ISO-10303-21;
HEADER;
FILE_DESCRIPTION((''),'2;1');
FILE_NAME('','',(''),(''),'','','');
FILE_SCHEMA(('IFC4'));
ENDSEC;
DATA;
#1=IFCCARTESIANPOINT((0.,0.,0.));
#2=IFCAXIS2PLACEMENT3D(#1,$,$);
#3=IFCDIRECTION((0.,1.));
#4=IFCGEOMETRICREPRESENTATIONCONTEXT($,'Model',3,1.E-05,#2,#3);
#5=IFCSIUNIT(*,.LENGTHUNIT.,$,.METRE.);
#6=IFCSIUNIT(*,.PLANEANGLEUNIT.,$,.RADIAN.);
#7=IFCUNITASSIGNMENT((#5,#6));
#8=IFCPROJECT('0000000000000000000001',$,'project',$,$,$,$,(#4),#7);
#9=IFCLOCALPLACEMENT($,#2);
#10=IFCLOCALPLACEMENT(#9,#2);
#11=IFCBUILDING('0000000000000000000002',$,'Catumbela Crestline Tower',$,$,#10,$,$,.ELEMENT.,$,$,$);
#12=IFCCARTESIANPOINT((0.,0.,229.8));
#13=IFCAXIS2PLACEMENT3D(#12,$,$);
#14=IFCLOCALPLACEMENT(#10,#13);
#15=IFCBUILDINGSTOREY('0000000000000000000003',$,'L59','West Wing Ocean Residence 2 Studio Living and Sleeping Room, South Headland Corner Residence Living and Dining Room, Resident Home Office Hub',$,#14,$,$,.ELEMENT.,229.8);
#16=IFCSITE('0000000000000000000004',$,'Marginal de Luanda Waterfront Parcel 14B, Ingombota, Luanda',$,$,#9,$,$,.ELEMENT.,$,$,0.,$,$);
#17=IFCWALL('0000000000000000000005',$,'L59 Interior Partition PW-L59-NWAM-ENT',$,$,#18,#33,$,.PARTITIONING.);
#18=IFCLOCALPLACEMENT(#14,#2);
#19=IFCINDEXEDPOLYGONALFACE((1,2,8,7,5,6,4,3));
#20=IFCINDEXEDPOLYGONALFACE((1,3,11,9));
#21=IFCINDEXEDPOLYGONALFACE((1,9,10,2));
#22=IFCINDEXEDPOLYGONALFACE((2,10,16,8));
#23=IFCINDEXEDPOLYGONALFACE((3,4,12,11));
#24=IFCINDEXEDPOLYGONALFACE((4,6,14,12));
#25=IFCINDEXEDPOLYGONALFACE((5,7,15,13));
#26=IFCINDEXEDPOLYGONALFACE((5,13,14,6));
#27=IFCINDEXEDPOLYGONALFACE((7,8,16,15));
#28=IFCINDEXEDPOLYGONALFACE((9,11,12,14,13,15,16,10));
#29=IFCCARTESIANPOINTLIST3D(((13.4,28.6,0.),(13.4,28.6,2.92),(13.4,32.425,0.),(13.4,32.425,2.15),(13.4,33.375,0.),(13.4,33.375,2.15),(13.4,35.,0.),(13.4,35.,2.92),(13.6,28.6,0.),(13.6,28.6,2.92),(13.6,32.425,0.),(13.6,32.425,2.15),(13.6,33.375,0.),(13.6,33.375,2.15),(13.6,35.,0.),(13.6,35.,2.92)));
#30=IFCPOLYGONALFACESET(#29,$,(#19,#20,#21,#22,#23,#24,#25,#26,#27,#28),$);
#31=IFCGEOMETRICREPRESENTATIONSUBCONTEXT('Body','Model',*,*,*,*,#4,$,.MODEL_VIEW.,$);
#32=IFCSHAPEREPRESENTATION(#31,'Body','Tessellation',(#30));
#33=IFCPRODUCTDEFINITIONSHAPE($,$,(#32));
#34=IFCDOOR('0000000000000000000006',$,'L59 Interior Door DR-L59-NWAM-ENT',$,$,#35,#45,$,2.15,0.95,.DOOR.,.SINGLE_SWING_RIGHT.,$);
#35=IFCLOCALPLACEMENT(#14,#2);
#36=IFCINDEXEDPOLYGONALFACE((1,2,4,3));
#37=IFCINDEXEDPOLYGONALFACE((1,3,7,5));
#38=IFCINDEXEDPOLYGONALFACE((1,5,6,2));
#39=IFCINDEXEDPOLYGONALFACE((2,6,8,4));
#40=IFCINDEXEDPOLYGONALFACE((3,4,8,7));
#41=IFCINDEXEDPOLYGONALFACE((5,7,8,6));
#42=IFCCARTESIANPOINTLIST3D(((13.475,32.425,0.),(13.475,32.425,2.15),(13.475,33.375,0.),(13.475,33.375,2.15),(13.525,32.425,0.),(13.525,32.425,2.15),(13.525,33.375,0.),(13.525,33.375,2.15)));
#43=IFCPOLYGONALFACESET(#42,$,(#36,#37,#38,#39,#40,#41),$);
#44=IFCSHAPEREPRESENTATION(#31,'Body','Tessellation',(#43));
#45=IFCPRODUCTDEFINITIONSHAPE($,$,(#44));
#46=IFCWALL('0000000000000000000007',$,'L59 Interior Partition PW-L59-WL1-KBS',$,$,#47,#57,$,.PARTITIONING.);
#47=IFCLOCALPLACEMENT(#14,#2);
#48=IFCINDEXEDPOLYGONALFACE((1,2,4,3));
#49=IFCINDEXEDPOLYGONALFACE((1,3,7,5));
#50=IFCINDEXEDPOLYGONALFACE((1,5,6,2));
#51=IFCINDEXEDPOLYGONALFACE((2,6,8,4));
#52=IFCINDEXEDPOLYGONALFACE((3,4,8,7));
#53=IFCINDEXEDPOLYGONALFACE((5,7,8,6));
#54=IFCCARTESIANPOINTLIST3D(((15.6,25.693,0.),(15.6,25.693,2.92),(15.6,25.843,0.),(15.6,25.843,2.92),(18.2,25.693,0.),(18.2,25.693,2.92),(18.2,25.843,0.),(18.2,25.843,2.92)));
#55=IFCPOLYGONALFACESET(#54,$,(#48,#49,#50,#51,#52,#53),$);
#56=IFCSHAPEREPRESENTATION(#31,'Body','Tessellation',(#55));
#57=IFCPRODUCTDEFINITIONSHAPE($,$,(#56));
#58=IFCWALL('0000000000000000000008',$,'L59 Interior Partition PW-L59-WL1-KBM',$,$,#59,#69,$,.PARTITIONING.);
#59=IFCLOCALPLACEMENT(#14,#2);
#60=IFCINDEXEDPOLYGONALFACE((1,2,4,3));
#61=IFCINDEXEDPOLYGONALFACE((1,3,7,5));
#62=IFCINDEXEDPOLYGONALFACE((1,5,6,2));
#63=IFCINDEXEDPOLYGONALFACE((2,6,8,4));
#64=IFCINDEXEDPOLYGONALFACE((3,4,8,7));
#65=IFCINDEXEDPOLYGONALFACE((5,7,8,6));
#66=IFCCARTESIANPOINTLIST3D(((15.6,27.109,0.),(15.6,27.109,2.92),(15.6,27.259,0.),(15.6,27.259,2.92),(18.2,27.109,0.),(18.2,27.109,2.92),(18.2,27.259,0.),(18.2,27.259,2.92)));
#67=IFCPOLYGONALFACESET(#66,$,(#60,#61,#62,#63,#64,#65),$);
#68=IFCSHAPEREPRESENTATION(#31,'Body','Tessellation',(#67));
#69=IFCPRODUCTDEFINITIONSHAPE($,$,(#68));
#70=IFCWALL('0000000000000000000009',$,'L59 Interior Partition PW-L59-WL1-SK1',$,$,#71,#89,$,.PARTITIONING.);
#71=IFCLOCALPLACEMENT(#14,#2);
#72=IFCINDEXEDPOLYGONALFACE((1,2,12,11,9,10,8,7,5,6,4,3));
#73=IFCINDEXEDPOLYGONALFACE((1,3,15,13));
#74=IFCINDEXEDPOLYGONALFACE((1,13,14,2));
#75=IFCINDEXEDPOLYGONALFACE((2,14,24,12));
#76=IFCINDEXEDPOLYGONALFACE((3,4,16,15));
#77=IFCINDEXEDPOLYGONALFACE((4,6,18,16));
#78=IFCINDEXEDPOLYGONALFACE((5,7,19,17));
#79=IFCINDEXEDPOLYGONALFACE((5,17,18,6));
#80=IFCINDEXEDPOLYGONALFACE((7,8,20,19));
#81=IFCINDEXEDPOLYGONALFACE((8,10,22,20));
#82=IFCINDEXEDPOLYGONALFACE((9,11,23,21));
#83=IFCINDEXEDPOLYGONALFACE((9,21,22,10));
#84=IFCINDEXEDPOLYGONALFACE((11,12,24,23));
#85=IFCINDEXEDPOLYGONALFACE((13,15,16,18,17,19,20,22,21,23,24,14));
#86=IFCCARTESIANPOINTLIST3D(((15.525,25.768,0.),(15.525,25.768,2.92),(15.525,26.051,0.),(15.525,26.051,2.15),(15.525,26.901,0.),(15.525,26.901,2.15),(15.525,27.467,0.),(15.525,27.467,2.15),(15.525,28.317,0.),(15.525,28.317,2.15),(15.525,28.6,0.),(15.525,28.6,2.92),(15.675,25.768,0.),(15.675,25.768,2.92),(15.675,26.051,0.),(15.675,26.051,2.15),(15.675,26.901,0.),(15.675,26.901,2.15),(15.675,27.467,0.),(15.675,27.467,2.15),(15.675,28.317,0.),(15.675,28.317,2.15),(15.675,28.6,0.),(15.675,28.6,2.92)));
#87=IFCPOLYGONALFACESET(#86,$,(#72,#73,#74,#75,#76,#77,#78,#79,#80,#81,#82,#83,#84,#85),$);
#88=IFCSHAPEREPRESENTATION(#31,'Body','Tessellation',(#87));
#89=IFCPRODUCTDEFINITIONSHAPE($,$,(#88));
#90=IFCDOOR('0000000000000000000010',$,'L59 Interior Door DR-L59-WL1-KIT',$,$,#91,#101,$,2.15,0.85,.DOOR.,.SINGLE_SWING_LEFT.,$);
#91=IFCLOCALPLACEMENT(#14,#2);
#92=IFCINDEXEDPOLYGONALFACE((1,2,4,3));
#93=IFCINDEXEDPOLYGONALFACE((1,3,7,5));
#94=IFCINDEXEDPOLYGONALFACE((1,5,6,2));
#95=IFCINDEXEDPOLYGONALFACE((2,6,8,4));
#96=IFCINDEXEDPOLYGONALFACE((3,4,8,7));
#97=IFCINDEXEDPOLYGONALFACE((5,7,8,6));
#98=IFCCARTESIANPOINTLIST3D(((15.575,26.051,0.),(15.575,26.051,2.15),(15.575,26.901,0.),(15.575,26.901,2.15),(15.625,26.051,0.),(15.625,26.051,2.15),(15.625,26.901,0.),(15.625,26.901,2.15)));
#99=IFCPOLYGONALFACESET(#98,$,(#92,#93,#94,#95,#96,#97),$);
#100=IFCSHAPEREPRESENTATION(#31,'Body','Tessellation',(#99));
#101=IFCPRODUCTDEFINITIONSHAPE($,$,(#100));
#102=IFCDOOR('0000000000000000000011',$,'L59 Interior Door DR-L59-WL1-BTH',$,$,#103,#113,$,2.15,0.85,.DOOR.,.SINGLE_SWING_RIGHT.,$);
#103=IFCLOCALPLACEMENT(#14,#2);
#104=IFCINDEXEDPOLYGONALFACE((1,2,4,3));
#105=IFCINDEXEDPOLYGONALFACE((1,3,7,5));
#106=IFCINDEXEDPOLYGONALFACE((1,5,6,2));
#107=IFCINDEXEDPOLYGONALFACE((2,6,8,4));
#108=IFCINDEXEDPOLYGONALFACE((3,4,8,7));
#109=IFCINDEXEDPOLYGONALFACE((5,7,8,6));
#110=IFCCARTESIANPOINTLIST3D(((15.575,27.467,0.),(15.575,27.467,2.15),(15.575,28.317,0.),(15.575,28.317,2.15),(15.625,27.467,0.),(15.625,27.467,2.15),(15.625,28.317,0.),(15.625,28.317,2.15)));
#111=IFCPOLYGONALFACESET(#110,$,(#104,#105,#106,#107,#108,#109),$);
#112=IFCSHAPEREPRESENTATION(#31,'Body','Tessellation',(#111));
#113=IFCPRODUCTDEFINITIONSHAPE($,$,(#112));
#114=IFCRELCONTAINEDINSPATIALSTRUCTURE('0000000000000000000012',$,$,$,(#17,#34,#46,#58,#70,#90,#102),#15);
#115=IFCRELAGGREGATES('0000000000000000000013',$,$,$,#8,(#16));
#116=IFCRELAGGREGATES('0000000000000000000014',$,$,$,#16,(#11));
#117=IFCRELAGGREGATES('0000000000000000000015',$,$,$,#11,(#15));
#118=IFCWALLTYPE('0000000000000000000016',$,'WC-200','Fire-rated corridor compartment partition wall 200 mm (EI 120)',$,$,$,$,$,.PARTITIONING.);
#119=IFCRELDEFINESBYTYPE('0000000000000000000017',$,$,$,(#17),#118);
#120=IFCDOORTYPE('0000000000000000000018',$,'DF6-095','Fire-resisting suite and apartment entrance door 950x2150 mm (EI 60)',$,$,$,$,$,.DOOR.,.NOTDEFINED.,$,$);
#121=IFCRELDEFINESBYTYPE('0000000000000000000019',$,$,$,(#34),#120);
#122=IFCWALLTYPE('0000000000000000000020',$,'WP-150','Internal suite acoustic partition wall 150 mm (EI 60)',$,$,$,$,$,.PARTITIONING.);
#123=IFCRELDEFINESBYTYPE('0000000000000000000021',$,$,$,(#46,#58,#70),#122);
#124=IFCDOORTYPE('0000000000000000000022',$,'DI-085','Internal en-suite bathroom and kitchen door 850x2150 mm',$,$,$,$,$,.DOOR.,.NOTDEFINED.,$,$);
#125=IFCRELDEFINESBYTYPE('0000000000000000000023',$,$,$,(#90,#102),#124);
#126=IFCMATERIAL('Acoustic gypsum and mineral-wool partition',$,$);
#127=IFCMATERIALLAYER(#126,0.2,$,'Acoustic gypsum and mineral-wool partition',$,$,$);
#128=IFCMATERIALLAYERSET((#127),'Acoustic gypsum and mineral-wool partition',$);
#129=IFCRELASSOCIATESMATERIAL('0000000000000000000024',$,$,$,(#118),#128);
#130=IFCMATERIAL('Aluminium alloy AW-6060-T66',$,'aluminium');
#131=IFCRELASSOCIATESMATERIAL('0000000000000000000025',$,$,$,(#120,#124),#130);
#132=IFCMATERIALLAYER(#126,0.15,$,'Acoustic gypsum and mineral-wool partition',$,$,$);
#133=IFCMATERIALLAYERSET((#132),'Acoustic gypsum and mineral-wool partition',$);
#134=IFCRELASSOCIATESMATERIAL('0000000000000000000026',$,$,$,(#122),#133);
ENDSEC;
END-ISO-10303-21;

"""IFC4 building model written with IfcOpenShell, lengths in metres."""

from ifc_helpers import new_model, si_unit, direction, frame, frame_2d, origin, place, context, subcontext, project, spatial, rectangle, extrude, material, layer, layer_set, type_object, element, fill, save


model = new_model("IFC4")

# Units and contexts
model_context = context("Model", 3, precision=1e-05, world=origin(), true_north=direction((0.0, 1.0)))
body_context = subcontext(model_context, "Body", "Model", "MODEL_VIEW")
ifc_project = project(units=[si_unit("LENGTHUNIT", "METRE"), si_unit("PLANEANGLEUNIT", "RADIAN")], contexts=[model_context])

# Site, building, storey
site_placement = place(None, origin())
site = spatial("IfcSite", under=ifc_project, at=site_placement, Name="Marginal de Luanda Waterfront Parcel 14B, Ingombota, Luanda", CompositionType="ELEMENT", RefElevation=0.0)
building_placement = place(site_placement, origin())
building = spatial("IfcBuilding", under=site, at=building_placement, Name="Catumbela Crestline Tower", CompositionType="ELEMENT")
storey_placement = place(building_placement, frame((0.0, 0.0, 229.8)))
storey = spatial("IfcBuildingStorey", under=building, at=storey_placement, Name="L59", Description="West Wing Ocean Residence 2 Studio Living and Sleeping Room, South Headland Corner Residence Living and Dining Room, Resident Home Office Hub", CompositionType="ELEMENT", Elevation=229.8)

# Shared definitions
ifc_material_1 = material(Name="Acoustic gypsum and mineral-wool partition")
ifc_layer_1 = layer(ifc_material_1, 0.2, Name="Acoustic gypsum and mineral-wool partition")
ifc_layer_set_1 = layer_set([ifc_layer_1], Name="Acoustic gypsum and mineral-wool partition")
wall_type_1 = type_object("IfcWallType", Name="WC-200", Description="Fire-rated corridor compartment partition wall 200 mm (EI 120)", PredefinedType="PARTITIONING", material=ifc_layer_set_1)

# Wall, opening, door
wall_1_placement = place(storey_placement, frame((13.5, 28.6, 0.0), z_axis=(0.0, 0.0, 1.0), x_axis=(0.0, 1.0, 0.0)))
wall_1 = element("IfcWall", 1, at=wall_1_placement, inside=storey, type_object=wall_type_1, Name="L59 Interior Partition PW-L59-NWAM-ENT", PredefinedType="PARTITIONING", context=body_context, shape_type="SweptSolid", body=[
    extrude(rectangle(XDim=6.4, YDim=0.2, at=frame_2d((3.2, 0.0))), origin(), (0.0, 0.0, 1.0), 2.92),
])
opening_1_placement = place(wall_1_placement, frame((3.825, 0.0, 0.0)))
opening_1 = element("IfcOpeningElement", 2, at=opening_1_placement, cuts=wall_1, PredefinedType="OPENING", context=body_context, shape_type="SweptSolid", body=[
    extrude(rectangle(XDim=0.95, YDim=2.15, at=frame_2d((0.475, 1.075))), frame((0.0, 0.11, 0.0), z_axis=(0.0, -1.0, 0.0), x_axis=(1.0, 0.0, 0.0)), (0.0, 0.0, 1.0), 0.22),
])
ifc_material_2 = material(Name="Aluminium alloy AW-6060-T66", Category="aluminium")
door_type_1 = type_object("IfcDoorType", Name="DF6-095", Description="Fire-resisting suite and apartment entrance door 950x2150 mm (EI 60)", OperationType="NOTDEFINED", PredefinedType="DOOR", material=ifc_material_2)
door_1_placement = place(opening_1_placement, origin())
door_1 = element("IfcDoor", 3, at=door_1_placement, inside=storey, type_object=door_type_1, Name="L59 Interior Door DR-L59-NWAM-ENT", OperationType="SINGLE_SWING_RIGHT", OverallHeight=2.15, OverallWidth=0.95, PredefinedType="DOOR", context=body_context, shape_type="SweptSolid", body=[
    extrude(rectangle(XDim=0.95, YDim=2.15, at=frame_2d((0.475, 1.075))), frame((0.0, 0.025, 0.0), z_axis=(0.0, -1.0, 0.0), x_axis=(1.0, 0.0, 0.0)), (0.0, 0.0, 1.0), 0.05),
])
fill(opening_1, door_1)

# Walls
ifc_layer_2 = layer(ifc_material_1, 0.15, Name="Acoustic gypsum and mineral-wool partition")
ifc_layer_set_2 = layer_set([ifc_layer_2], Name="Acoustic gypsum and mineral-wool partition")
wall_type_2 = type_object("IfcWallType", Name="WP-150", Description="Internal suite acoustic partition wall 150 mm (EI 60)", PredefinedType="PARTITIONING", material=ifc_layer_set_2)
for number, where, z_axis, x_axis, name in (
    (4, (15.6, 25.768, 0.0), (0.0, 0.0, 1.0), (1.0, 0.0, 0.0), "L59 Interior Partition PW-L59-WL1-KBS"),
    (5, (15.6, 27.184, 0.0), (0.0, 0.0, 1.0), (1.0, 0.0, 0.0), "L59 Interior Partition PW-L59-WL1-KBM"),
):
    element("IfcWall", number, at=place(storey_placement, frame(where, z_axis=z_axis, x_axis=x_axis)), inside=storey, type_object=wall_type_2, Name=name, PredefinedType="PARTITIONING", context=body_context, shape_type="SweptSolid", body=[
        extrude(rectangle(XDim=2.6, YDim=0.15, at=frame_2d((1.3, 0.0))), origin(), (0.0, 0.0, 1.0), 2.92),
    ])

# Wall, openings, doors
wall_2_placement = place(storey_placement, frame((15.6, 25.768, 0.0), z_axis=(0.0, 0.0, 1.0), x_axis=(0.0, 1.0, 0.0)))
wall_2 = element("IfcWall", 6, at=wall_2_placement, inside=storey, type_object=wall_type_2, Name="L59 Interior Partition PW-L59-WL1-SK1", PredefinedType="PARTITIONING", context=body_context, shape_type="SweptSolid", body=[
    extrude(rectangle(XDim=2.832, YDim=0.15, at=frame_2d((1.416, 0.0))), origin(), (0.0, 0.0, 1.0), 2.92),
])
opening_2_placement = place(wall_2_placement, frame((0.283, 0.0, 0.0)))
opening_2 = element("IfcOpeningElement", 7, at=opening_2_placement, cuts=wall_2, PredefinedType="OPENING", context=body_context, shape_type="SweptSolid", body=[
    extrude(rectangle(XDim=0.85, YDim=2.15, at=frame_2d((0.425, 1.075))), frame((0.0, 0.085, 0.0), z_axis=(0.0, -1.0, 0.0), x_axis=(1.0, 0.0, 0.0)), (0.0, 0.0, 1.0), 0.17),
])
opening_3_placement = place(wall_2_placement, frame((1.699, 0.0, 0.0)))
opening_3 = element("IfcOpeningElement", 8, at=opening_3_placement, cuts=wall_2, PredefinedType="OPENING", context=body_context, shape_type="SweptSolid", body=[
    extrude(rectangle(XDim=0.85, YDim=2.15, at=frame_2d((0.425, 1.075))), frame((0.0, 0.085, 0.0), z_axis=(0.0, -1.0, 0.0), x_axis=(1.0, 0.0, 0.0)), (0.0, 0.0, 1.0), 0.17),
])
door_type_2 = type_object("IfcDoorType", Name="DI-085", Description="Internal en-suite bathroom and kitchen door 850x2150 mm", OperationType="NOTDEFINED", PredefinedType="DOOR", material=ifc_material_2)
door_2_placement = place(opening_2_placement, origin())
door_2 = element("IfcDoor", 9, at=door_2_placement, inside=storey, type_object=door_type_2, Name="L59 Interior Door DR-L59-WL1-KIT", OperationType="SINGLE_SWING_LEFT", OverallHeight=2.15, OverallWidth=0.85, PredefinedType="DOOR", context=body_context, shape_type="SweptSolid", body=[
    extrude(rectangle(XDim=0.85, YDim=2.15, at=frame_2d((0.425, 1.075))), frame((0.0, 0.025, 0.0), z_axis=(0.0, -1.0, 0.0), x_axis=(1.0, 0.0, 0.0)), (0.0, 0.0, 1.0), 0.05),
])
fill(opening_2, door_2)
door_3_placement = place(opening_3_placement, origin())
door_3 = element("IfcDoor", 10, at=door_3_placement, inside=storey, type_object=door_type_2, Name="L59 Interior Door DR-L59-WL1-BTH", OperationType="SINGLE_SWING_RIGHT", OverallHeight=2.15, OverallWidth=0.85, PredefinedType="DOOR", context=body_context, shape_type="SweptSolid", body=[
    extrude(rectangle(XDim=0.85, YDim=2.15, at=frame_2d((0.425, 1.075))), frame((0.0, 0.025, 0.0), z_axis=(0.0, -1.0, 0.0), x_axis=(1.0, 0.0, 0.0)), (0.0, 0.0, 1.0), 0.05),
])
fill(opening_3, door_3)

save(model, "model.ifc")
